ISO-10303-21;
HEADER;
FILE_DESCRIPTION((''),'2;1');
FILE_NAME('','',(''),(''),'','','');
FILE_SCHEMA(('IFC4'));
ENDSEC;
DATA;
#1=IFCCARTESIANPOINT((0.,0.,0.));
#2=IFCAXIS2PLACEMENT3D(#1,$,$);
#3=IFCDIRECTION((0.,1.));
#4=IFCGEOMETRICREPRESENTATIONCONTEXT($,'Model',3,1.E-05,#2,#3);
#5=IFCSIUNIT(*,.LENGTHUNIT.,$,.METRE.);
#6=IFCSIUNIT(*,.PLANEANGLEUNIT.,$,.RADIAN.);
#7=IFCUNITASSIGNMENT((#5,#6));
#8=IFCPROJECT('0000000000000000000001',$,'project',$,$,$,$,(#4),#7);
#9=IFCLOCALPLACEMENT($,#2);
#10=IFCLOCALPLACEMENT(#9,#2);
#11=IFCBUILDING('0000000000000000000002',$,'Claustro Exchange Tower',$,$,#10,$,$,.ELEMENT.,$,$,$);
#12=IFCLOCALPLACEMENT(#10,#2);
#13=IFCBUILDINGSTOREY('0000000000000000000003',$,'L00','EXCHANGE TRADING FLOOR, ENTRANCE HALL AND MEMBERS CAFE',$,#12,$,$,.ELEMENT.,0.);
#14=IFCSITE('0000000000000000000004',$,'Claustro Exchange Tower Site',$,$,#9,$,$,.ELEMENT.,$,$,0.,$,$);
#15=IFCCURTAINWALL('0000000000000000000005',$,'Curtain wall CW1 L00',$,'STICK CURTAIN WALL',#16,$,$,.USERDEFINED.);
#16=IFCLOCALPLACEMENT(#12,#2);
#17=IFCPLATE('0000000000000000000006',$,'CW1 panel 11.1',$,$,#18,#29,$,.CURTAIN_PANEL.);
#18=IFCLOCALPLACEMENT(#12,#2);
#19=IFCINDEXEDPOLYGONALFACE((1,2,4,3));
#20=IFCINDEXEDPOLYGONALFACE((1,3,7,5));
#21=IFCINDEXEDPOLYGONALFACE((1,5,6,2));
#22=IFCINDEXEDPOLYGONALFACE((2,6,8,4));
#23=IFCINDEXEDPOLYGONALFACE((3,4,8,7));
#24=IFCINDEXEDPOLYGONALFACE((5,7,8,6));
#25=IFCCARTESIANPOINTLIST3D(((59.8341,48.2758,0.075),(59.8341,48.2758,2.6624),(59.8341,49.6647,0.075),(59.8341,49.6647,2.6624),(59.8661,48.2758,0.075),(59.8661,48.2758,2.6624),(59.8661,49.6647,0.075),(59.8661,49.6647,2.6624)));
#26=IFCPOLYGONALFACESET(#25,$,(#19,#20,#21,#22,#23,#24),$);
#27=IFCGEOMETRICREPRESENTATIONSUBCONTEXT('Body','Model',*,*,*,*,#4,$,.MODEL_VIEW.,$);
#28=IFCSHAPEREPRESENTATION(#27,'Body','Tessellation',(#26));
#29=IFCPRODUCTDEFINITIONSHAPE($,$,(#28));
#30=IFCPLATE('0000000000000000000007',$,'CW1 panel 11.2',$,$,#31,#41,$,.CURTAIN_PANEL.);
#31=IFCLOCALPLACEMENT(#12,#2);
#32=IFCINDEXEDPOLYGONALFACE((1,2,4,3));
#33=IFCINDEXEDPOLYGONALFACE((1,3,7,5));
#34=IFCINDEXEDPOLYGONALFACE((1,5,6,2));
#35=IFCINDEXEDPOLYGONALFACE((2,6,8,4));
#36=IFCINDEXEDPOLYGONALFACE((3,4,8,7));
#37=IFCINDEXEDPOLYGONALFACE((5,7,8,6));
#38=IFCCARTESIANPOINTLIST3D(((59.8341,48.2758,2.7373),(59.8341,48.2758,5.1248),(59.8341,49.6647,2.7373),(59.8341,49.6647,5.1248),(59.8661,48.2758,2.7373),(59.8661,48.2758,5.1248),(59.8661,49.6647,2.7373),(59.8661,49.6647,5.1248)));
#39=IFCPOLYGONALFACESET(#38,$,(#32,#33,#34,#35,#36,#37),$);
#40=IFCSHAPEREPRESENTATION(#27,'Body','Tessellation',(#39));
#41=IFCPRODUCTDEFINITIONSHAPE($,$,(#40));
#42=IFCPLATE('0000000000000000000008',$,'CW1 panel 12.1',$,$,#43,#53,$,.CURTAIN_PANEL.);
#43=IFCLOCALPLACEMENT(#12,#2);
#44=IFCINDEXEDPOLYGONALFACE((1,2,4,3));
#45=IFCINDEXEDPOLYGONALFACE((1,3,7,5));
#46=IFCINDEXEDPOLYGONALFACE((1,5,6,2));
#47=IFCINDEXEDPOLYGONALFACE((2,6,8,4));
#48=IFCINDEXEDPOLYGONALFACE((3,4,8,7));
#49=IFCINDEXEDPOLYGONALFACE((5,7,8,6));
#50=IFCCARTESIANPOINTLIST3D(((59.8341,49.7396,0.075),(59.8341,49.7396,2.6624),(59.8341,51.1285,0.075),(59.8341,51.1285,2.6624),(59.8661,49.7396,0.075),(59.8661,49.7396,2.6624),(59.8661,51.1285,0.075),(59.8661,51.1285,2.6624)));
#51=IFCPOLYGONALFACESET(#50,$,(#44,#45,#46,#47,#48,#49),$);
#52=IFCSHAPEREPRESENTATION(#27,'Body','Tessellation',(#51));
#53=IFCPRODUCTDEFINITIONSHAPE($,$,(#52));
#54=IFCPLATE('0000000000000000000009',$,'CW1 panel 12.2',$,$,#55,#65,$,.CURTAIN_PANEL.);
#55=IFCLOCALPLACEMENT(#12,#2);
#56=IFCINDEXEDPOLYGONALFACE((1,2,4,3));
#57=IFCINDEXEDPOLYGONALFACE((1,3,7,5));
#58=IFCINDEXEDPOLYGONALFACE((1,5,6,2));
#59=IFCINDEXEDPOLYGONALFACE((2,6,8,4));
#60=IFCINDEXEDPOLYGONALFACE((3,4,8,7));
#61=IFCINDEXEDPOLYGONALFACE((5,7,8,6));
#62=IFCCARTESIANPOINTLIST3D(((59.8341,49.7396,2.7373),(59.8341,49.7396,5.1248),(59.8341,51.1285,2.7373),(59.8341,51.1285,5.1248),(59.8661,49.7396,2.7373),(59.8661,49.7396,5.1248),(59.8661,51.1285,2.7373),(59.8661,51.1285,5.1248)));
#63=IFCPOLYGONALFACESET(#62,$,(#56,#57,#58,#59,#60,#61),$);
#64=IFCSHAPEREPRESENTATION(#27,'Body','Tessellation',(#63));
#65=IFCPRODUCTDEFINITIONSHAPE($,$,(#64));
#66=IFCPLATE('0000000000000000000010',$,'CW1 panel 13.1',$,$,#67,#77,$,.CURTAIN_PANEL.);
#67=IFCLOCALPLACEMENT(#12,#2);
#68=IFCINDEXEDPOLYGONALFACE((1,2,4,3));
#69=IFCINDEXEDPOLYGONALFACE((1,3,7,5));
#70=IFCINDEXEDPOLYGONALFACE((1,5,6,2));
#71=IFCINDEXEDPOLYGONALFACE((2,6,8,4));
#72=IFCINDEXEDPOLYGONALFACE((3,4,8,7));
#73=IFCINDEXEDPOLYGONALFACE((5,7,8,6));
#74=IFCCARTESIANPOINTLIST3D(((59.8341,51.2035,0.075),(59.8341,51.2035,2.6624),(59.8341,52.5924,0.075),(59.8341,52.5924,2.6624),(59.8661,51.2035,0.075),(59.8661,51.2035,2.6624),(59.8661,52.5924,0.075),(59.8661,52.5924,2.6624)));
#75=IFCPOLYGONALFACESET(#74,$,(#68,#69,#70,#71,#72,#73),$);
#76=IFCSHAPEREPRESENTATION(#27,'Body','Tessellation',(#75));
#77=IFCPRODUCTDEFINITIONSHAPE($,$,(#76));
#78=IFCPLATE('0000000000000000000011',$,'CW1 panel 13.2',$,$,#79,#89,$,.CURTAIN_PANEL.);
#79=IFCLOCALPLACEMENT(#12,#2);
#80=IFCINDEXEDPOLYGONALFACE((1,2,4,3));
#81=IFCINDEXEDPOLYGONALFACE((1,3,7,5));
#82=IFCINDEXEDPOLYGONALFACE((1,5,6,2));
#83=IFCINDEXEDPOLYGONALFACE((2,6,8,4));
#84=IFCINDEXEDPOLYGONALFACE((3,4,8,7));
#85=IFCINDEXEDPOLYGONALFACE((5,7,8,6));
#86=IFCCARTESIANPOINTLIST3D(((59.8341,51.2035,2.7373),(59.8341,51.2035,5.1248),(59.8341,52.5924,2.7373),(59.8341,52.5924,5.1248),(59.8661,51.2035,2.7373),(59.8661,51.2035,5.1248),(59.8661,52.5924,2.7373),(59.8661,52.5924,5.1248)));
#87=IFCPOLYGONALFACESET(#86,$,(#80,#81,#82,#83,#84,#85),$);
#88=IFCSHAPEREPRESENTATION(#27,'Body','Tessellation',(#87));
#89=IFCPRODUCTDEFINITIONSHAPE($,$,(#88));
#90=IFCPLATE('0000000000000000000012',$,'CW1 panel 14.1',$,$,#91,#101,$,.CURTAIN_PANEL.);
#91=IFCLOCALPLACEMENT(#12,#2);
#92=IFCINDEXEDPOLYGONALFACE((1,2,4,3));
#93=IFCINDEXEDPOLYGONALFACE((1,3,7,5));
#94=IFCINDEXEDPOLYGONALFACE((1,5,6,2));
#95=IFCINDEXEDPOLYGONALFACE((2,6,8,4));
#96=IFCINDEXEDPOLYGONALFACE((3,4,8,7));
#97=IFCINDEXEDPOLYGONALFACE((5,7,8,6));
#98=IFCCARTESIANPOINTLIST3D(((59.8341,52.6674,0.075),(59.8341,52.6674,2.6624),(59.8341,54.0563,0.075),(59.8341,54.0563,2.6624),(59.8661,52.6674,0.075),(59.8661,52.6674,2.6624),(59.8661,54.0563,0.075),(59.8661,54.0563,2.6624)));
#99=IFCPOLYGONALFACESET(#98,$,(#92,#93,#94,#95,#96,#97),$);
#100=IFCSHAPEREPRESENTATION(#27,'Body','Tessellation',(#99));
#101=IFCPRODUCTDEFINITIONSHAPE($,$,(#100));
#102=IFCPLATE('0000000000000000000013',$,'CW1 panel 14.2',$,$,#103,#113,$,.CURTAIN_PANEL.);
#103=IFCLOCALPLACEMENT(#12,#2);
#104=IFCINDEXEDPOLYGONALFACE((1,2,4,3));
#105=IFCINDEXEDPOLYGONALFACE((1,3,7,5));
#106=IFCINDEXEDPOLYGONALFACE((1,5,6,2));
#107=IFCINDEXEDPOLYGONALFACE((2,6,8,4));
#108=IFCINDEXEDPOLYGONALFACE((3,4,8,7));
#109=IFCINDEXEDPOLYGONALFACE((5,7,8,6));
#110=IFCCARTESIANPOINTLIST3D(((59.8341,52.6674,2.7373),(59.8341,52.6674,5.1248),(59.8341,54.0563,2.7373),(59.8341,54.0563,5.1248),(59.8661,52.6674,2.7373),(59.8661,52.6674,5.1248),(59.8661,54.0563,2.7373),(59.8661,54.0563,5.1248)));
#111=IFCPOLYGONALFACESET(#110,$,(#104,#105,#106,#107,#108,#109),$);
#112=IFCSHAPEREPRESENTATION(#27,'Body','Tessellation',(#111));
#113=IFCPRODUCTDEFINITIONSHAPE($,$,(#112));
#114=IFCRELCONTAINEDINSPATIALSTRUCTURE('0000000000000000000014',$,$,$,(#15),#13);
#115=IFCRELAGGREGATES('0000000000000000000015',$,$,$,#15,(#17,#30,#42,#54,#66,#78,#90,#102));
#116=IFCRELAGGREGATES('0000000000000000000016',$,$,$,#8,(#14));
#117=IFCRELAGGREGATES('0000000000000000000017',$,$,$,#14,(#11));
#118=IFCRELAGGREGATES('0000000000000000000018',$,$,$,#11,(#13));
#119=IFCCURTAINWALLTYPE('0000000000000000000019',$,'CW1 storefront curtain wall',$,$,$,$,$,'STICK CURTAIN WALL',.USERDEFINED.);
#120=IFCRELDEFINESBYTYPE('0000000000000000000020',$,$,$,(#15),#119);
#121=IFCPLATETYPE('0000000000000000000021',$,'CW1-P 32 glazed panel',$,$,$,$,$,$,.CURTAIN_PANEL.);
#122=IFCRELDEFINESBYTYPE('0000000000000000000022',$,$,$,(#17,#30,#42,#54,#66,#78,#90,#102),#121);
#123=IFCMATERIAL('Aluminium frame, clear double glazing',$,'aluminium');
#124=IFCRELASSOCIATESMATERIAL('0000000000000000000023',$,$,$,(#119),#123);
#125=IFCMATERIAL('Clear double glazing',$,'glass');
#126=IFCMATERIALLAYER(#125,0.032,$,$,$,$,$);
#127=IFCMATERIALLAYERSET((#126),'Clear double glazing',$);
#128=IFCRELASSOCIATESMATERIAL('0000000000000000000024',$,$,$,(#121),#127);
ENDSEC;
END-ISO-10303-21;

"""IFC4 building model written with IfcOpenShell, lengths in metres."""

from ifc_helpers import new_model, si_unit, direction, frame, origin, origin_2d, place, context, subcontext, project, spatial, rectangle, extrude, material, layer, layer_set, type_object, element, aggregate, save


model = new_model("IFC4")

# Units and contexts
model_context = context("Model", 3, precision=1e-05, world=origin(), true_north=direction((0.0, 1.0)))
body_context = subcontext(model_context, "Body", "Model", "MODEL_VIEW")
ifc_project = project(units=[si_unit("LENGTHUNIT", "METRE"), si_unit("PLANEANGLEUNIT", "RADIAN")], contexts=[model_context])

# Site, building, storey
site_placement = place(None, origin())
site = spatial("IfcSite", under=ifc_project, at=site_placement, Name="Claustro Exchange Tower Site", CompositionType="ELEMENT", RefElevation=0.0)
building_placement = place(site_placement, origin())
building = spatial("IfcBuilding", under=site, at=building_placement, Name="Claustro Exchange Tower", CompositionType="ELEMENT")
storey_placement = place(building_placement, origin())
storey = spatial("IfcBuildingStorey", under=building, at=storey_placement, Name="L00", Description="EXCHANGE TRADING FLOOR, ENTRANCE HALL AND MEMBERS CAFE", CompositionType="ELEMENT", Elevation=0.0)

# Curtain wall, plates
ifc_material_1 = material(Name="Aluminium frame, clear double glazing", Category="aluminium")
curtain_wall_type = type_object("IfcCurtainWallType", Name="CW1 storefront curtain wall", ElementType="STICK CURTAIN WALL", PredefinedType="USERDEFINED", material=ifc_material_1)
curtain_wall_placement = place(storey_placement, origin())
curtain_wall = element("IfcCurtainWall", 1, at=curtain_wall_placement, inside=storey, type_object=curtain_wall_type, Name="Curtain wall CW1 L00", ObjectType="STICK CURTAIN WALL", PredefinedType="USERDEFINED")
ifc_material_2 = material(Name="Clear double glazing", Category="glass")
ifc_layer = layer(ifc_material_2, 0.032)
ifc_layer_set = layer_set([ifc_layer], Name="Clear double glazing")
plate_type = type_object("IfcPlateType", Name="CW1-P 32 glazed panel", PredefinedType="CURTAIN_PANEL", material=ifc_layer_set)
plate_1_placement = place(storey_placement, frame((59.8501, 48.9702, 0.075), z_axis=(0.0, 0.0, 1.0), x_axis=(0.0, 1.0, 0.0)))
plate_1 = element("IfcPlate", 2, at=plate_1_placement, type_object=plate_type, Name="CW1 panel 11.1", PredefinedType="CURTAIN_PANEL", context=body_context, shape_type="SweptSolid", body=[
    extrude(rectangle(XDim=1.3889, YDim=0.032, at=origin_2d()), origin(), (0.0, 0.0, 1.0), 2.5874),
])
plate_2_placement = place(storey_placement, frame((59.8501, 48.9702, 2.7373), z_axis=(0.0, 0.0, 1.0), x_axis=(0.0, 1.0, 0.0)))
plate_2 = element("IfcPlate", 3, at=plate_2_placement, type_object=plate_type, Name="CW1 panel 11.2", PredefinedType="CURTAIN_PANEL", context=body_context, shape_type="SweptSolid", body=[
    extrude(rectangle(XDim=1.3889, YDim=0.032, at=origin_2d()), origin(), (0.0, 0.0, 1.0), 2.3875),
])
plate_3_placement = place(storey_placement, frame((59.8501, 50.4341, 0.075), z_axis=(0.0, 0.0, 1.0), x_axis=(0.0, 1.0, 0.0)))
plate_3 = element("IfcPlate", 4, at=plate_3_placement, type_object=plate_type, Name="CW1 panel 12.1", PredefinedType="CURTAIN_PANEL", context=body_context, shape_type="SweptSolid", body=[
    extrude(rectangle(XDim=1.3889, YDim=0.032, at=origin_2d()), origin(), (0.0, 0.0, 1.0), 2.5874),
])
plate_4_placement = place(storey_placement, frame((59.8501, 50.4341, 2.7373), z_axis=(0.0, 0.0, 1.0), x_axis=(0.0, 1.0, 0.0)))
plate_4 = element("IfcPlate", 5, at=plate_4_placement, type_object=plate_type, Name="CW1 panel 12.2", PredefinedType="CURTAIN_PANEL", context=body_context, shape_type="SweptSolid", body=[
    extrude(rectangle(XDim=1.3889, YDim=0.032, at=origin_2d()), origin(), (0.0, 0.0, 1.0), 2.3875),
])
plate_5_placement = place(storey_placement, frame((59.8501, 51.8979, 0.075), z_axis=(0.0, 0.0, 1.0), x_axis=(0.0, 1.0, 0.0)))
plate_5 = element("IfcPlate", 6, at=plate_5_placement, type_object=plate_type, Name="CW1 panel 13.1", PredefinedType="CURTAIN_PANEL", context=body_context, shape_type="SweptSolid", body=[
    extrude(rectangle(XDim=1.3889, YDim=0.032, at=origin_2d()), origin(), (0.0, 0.0, 1.0), 2.5874),
])
plate_6_placement = place(storey_placement, frame((59.8501, 51.8979, 2.7373), z_axis=(0.0, 0.0, 1.0), x_axis=(0.0, 1.0, 0.0)))
plate_6 = element("IfcPlate", 7, at=plate_6_placement, type_object=plate_type, Name="CW1 panel 13.2", PredefinedType="CURTAIN_PANEL", context=body_context, shape_type="SweptSolid", body=[
    extrude(rectangle(XDim=1.3889, YDim=0.032, at=origin_2d()), origin(), (0.0, 0.0, 1.0), 2.3875),
])
plate_7_placement = place(storey_placement, frame((59.8501, 53.3618, 0.075), z_axis=(0.0, 0.0, 1.0), x_axis=(0.0, 1.0, 0.0)))
plate_7 = element("IfcPlate", 8, at=plate_7_placement, type_object=plate_type, Name="CW1 panel 14.1", PredefinedType="CURTAIN_PANEL", context=body_context, shape_type="SweptSolid", body=[
    extrude(rectangle(XDim=1.3889, YDim=0.032, at=origin_2d()), origin(), (0.0, 0.0, 1.0), 2.5874),
])
plate_8_placement = place(storey_placement, frame((59.8501, 53.3618, 2.7373), z_axis=(0.0, 0.0, 1.0), x_axis=(0.0, 1.0, 0.0)))
plate_8 = element("IfcPlate", 9, at=plate_8_placement, type_object=plate_type, Name="CW1 panel 14.2", PredefinedType="CURTAIN_PANEL", context=body_context, shape_type="SweptSolid", body=[
    extrude(rectangle(XDim=1.3889, YDim=0.032, at=origin_2d()), origin(), (0.0, 0.0, 1.0), 2.3875),
])
aggregate(curtain_wall, [plate_1, plate_2, plate_3, plate_4, plate_5, plate_6, plate_7, plate_8])

save(model, "model.ifc")
